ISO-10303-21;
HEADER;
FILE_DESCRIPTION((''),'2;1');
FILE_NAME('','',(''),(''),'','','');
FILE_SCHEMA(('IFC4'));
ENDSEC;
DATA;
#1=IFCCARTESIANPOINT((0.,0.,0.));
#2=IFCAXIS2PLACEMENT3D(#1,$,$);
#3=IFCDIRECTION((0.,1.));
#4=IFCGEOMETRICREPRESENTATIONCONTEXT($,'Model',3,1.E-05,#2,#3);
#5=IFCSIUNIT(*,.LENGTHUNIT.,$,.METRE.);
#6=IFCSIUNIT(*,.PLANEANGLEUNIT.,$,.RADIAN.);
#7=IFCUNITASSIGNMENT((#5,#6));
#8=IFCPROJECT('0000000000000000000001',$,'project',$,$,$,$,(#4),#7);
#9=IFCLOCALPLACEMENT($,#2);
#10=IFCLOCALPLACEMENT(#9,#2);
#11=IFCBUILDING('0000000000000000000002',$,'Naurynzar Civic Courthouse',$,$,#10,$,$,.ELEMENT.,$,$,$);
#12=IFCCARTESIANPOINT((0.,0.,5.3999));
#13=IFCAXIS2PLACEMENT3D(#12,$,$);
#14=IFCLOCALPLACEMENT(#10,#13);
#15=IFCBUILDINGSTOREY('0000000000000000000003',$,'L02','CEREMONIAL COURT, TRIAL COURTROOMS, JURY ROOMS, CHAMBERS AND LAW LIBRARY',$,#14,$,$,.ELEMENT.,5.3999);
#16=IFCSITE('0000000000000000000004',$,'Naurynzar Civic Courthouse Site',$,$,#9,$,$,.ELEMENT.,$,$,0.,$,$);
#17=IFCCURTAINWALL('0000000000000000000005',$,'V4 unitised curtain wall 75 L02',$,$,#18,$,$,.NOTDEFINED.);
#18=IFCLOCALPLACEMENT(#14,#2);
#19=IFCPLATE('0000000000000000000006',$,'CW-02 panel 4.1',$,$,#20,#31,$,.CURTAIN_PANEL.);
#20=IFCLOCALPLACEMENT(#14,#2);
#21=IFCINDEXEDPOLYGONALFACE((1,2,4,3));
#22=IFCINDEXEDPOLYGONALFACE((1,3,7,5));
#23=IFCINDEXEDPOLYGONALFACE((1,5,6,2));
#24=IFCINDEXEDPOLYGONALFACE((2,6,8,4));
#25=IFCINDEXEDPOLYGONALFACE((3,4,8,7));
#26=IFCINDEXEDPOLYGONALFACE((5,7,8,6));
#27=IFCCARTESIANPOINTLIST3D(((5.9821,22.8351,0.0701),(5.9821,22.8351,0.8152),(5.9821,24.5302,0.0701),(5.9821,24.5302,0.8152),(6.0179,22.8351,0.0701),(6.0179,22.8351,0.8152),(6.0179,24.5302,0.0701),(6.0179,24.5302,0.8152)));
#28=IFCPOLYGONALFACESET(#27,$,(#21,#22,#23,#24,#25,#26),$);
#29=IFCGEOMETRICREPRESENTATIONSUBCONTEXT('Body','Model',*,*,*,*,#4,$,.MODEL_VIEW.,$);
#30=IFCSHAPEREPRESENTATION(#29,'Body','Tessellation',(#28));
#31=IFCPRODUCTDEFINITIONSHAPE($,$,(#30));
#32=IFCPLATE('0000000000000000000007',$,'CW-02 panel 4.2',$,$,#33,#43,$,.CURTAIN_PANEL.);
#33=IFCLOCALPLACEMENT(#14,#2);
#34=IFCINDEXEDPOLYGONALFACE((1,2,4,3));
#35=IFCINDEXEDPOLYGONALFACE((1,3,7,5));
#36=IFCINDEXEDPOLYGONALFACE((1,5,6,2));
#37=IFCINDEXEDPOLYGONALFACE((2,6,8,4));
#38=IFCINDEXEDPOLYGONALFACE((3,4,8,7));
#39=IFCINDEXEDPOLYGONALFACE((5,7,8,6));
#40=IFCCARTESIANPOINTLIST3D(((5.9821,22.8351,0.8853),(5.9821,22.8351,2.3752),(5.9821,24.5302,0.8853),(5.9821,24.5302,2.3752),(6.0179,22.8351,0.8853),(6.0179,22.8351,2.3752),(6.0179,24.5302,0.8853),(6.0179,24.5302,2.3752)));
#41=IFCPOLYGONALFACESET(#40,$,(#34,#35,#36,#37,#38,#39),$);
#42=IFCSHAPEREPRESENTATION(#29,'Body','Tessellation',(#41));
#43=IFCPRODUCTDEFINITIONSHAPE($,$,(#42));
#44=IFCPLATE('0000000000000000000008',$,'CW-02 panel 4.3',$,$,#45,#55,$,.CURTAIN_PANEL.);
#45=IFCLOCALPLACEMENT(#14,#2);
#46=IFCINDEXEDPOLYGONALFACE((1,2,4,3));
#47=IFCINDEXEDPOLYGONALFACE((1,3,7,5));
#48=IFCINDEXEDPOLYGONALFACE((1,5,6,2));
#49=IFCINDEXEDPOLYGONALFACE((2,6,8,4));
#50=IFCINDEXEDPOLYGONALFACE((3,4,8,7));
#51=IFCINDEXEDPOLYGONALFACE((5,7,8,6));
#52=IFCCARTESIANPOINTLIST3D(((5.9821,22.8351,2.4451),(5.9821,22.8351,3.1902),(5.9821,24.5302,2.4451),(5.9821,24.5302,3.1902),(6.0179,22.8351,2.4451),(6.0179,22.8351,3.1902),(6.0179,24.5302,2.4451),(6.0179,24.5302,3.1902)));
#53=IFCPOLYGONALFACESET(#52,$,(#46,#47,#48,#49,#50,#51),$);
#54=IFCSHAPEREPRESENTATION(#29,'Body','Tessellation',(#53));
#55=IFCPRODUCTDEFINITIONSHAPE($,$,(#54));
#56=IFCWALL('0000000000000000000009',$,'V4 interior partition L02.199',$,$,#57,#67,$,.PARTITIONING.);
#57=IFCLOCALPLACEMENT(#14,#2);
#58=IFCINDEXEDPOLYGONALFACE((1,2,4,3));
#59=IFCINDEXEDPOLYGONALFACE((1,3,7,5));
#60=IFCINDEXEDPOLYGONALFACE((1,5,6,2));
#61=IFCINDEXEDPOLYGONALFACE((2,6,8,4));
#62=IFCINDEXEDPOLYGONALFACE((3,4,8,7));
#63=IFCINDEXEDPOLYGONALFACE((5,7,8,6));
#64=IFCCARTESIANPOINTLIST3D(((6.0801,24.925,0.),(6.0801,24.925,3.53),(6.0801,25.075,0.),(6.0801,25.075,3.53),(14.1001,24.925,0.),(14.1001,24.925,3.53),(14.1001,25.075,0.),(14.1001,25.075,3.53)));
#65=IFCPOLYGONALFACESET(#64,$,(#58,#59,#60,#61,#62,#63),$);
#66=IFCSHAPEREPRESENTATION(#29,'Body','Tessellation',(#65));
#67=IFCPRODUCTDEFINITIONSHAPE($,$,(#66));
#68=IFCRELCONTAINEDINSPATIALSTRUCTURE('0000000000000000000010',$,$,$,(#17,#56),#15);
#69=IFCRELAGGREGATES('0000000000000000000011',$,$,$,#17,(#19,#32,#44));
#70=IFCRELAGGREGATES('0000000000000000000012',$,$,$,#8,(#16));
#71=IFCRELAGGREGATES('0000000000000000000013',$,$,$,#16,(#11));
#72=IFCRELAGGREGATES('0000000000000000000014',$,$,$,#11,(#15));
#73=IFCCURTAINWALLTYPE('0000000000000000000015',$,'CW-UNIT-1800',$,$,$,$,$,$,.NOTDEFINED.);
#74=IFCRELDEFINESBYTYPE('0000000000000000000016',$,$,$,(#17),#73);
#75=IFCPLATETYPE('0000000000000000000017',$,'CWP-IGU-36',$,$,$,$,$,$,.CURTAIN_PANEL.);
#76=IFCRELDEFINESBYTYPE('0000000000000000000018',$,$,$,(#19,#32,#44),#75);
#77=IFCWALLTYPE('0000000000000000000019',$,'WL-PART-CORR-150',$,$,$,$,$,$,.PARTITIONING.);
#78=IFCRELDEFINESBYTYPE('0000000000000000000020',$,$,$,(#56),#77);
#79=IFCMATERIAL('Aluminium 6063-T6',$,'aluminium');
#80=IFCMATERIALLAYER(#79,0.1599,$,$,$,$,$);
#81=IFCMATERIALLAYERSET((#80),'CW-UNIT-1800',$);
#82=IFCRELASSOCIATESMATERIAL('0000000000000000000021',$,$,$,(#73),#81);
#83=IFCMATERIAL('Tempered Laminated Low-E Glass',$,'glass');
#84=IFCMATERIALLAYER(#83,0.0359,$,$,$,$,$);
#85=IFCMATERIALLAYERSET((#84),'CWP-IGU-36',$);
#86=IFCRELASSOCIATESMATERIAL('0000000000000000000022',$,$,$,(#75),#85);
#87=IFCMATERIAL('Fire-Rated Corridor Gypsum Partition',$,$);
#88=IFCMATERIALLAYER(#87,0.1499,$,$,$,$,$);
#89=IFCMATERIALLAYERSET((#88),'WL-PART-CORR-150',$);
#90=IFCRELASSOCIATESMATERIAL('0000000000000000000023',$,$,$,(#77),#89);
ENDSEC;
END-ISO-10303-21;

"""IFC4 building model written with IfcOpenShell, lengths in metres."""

from ifc_helpers import new_model, si_unit, direction, frame, frame_2d, origin, origin_2d, place, context, subcontext, project, spatial, rectangle, extrude, material, layer, layer_set, type_object, element, aggregate, save


model = new_model("IFC4")

# Units and contexts
model_context = context("Model", 3, precision=1e-05, world=origin(), true_north=direction((0.0, 1.0)))
body_context = subcontext(model_context, "Body", "Model", "MODEL_VIEW")
ifc_project = project(units=[si_unit("LENGTHUNIT", "METRE"), si_unit("PLANEANGLEUNIT", "RADIAN")], contexts=[model_context])

# Site, building, storey
site_placement = place(None, origin())
site = spatial("IfcSite", under=ifc_project, at=site_placement, Name="Naurynzar Civic Courthouse Site", CompositionType="ELEMENT", RefElevation=0.0)
building_placement = place(site_placement, origin())
building = spatial("IfcBuilding", under=site, at=building_placement, Name="Naurynzar Civic Courthouse", CompositionType="ELEMENT")
storey_placement = place(building_placement, frame((0.0, 0.0, 5.3999)))
storey = spatial("IfcBuildingStorey", under=building, at=storey_placement, Name="L02", Description="CEREMONIAL COURT, TRIAL COURTROOMS, JURY ROOMS, CHAMBERS AND LAW LIBRARY", CompositionType="ELEMENT", Elevation=5.3999)

# Curtain wall, plates
ifc_material_1 = material(Name="Aluminium 6063-T6", Category="aluminium")
ifc_layer_1 = layer(ifc_material_1, 0.1599)
ifc_layer_set_1 = layer_set([ifc_layer_1], Name="CW-UNIT-1800")
curtain_wall_type = type_object("IfcCurtainWallType", Name="CW-UNIT-1800", PredefinedType="NOTDEFINED", material=ifc_layer_set_1)
curtain_wall_placement = place(storey_placement, origin())
curtain_wall = element("IfcCurtainWall", 1, at=curtain_wall_placement, inside=storey, type_object=curtain_wall_type, Name="V4 unitised curtain wall 75 L02", PredefinedType="NOTDEFINED")
ifc_material_2 = material(Name="Tempered Laminated Low-E Glass", Category="glass")
ifc_layer_2 = layer(ifc_material_2, 0.0359)
ifc_layer_set_2 = layer_set([ifc_layer_2], Name="CWP-IGU-36")
plate_type = type_object("IfcPlateType", Name="CWP-IGU-36", PredefinedType="CURTAIN_PANEL", material=ifc_layer_set_2)
plate_1_placement = place(storey_placement, frame((6.0, 23.6826, 0.0701), z_axis=(0.0, 0.0, 1.0), x_axis=(0.0, 1.0, 0.0)))
plate_1 = element("IfcPlate", 2, at=plate_1_placement, type_object=plate_type, Name="CW-02 panel 4.1", PredefinedType="CURTAIN_PANEL", context=body_context, shape_type="SweptSolid", body=[
    extrude(rectangle(XDim=1.6951, YDim=0.0359, at=origin_2d()), origin(), (0.0, 0.0, 1.0), 0.7451),
])
plate_2_placement = place(storey_placement, frame((6.0, 23.6826, 0.8853), z_axis=(0.0, 0.0, 1.0), x_axis=(0.0, 1.0, 0.0)))
plate_2 = element("IfcPlate", 3, at=plate_2_placement, type_object=plate_type, Name="CW-02 panel 4.2", PredefinedType="CURTAIN_PANEL", context=body_context, shape_type="SweptSolid", body=[
    extrude(rectangle(XDim=1.6951, YDim=0.0359, at=origin_2d()), origin(), (0.0, 0.0, 1.0), 1.49),
])
plate_3_placement = place(storey_placement, frame((6.0, 23.6826, 2.4451), z_axis=(0.0, 0.0, 1.0), x_axis=(0.0, 1.0, 0.0)))
plate_3 = element("IfcPlate", 4, at=plate_3_placement, type_object=plate_type, Name="CW-02 panel 4.3", PredefinedType="CURTAIN_PANEL", context=body_context, shape_type="SweptSolid", body=[
    extrude(rectangle(XDim=1.6951, YDim=0.0359, at=origin_2d()), origin(), (0.0, 0.0, 1.0), 0.7451),
])
aggregate(curtain_wall, [plate_1, plate_2, plate_3])

# Wall
ifc_material_3 = material(Name="Fire-Rated Corridor Gypsum Partition")
ifc_layer_3 = layer(ifc_material_3, 0.1499)
ifc_layer_set_3 = layer_set([ifc_layer_3], Name="WL-PART-CORR-150")
wall_type = type_object("IfcWallType", Name="WL-PART-CORR-150", PredefinedType="PARTITIONING", material=ifc_layer_set_3)
wall_placement = place(storey_placement, frame((6.0801, 25.0, 0.0), z_axis=(0.0, 0.0, 1.0), x_axis=(1.0, 0.0, 0.0)))
element("IfcWall", 5, at=wall_placement, inside=storey, type_object=wall_type, Name="V4 interior partition L02.199", PredefinedType="PARTITIONING", context=body_context, shape_type="SweptSolid", body=[
    extrude(rectangle(XDim=8.02, YDim=0.1499, at=frame_2d((4.01, 0.0))), origin(), (0.0, 0.0, 1.0), 3.53),
])

save(model, "model.ifc")
